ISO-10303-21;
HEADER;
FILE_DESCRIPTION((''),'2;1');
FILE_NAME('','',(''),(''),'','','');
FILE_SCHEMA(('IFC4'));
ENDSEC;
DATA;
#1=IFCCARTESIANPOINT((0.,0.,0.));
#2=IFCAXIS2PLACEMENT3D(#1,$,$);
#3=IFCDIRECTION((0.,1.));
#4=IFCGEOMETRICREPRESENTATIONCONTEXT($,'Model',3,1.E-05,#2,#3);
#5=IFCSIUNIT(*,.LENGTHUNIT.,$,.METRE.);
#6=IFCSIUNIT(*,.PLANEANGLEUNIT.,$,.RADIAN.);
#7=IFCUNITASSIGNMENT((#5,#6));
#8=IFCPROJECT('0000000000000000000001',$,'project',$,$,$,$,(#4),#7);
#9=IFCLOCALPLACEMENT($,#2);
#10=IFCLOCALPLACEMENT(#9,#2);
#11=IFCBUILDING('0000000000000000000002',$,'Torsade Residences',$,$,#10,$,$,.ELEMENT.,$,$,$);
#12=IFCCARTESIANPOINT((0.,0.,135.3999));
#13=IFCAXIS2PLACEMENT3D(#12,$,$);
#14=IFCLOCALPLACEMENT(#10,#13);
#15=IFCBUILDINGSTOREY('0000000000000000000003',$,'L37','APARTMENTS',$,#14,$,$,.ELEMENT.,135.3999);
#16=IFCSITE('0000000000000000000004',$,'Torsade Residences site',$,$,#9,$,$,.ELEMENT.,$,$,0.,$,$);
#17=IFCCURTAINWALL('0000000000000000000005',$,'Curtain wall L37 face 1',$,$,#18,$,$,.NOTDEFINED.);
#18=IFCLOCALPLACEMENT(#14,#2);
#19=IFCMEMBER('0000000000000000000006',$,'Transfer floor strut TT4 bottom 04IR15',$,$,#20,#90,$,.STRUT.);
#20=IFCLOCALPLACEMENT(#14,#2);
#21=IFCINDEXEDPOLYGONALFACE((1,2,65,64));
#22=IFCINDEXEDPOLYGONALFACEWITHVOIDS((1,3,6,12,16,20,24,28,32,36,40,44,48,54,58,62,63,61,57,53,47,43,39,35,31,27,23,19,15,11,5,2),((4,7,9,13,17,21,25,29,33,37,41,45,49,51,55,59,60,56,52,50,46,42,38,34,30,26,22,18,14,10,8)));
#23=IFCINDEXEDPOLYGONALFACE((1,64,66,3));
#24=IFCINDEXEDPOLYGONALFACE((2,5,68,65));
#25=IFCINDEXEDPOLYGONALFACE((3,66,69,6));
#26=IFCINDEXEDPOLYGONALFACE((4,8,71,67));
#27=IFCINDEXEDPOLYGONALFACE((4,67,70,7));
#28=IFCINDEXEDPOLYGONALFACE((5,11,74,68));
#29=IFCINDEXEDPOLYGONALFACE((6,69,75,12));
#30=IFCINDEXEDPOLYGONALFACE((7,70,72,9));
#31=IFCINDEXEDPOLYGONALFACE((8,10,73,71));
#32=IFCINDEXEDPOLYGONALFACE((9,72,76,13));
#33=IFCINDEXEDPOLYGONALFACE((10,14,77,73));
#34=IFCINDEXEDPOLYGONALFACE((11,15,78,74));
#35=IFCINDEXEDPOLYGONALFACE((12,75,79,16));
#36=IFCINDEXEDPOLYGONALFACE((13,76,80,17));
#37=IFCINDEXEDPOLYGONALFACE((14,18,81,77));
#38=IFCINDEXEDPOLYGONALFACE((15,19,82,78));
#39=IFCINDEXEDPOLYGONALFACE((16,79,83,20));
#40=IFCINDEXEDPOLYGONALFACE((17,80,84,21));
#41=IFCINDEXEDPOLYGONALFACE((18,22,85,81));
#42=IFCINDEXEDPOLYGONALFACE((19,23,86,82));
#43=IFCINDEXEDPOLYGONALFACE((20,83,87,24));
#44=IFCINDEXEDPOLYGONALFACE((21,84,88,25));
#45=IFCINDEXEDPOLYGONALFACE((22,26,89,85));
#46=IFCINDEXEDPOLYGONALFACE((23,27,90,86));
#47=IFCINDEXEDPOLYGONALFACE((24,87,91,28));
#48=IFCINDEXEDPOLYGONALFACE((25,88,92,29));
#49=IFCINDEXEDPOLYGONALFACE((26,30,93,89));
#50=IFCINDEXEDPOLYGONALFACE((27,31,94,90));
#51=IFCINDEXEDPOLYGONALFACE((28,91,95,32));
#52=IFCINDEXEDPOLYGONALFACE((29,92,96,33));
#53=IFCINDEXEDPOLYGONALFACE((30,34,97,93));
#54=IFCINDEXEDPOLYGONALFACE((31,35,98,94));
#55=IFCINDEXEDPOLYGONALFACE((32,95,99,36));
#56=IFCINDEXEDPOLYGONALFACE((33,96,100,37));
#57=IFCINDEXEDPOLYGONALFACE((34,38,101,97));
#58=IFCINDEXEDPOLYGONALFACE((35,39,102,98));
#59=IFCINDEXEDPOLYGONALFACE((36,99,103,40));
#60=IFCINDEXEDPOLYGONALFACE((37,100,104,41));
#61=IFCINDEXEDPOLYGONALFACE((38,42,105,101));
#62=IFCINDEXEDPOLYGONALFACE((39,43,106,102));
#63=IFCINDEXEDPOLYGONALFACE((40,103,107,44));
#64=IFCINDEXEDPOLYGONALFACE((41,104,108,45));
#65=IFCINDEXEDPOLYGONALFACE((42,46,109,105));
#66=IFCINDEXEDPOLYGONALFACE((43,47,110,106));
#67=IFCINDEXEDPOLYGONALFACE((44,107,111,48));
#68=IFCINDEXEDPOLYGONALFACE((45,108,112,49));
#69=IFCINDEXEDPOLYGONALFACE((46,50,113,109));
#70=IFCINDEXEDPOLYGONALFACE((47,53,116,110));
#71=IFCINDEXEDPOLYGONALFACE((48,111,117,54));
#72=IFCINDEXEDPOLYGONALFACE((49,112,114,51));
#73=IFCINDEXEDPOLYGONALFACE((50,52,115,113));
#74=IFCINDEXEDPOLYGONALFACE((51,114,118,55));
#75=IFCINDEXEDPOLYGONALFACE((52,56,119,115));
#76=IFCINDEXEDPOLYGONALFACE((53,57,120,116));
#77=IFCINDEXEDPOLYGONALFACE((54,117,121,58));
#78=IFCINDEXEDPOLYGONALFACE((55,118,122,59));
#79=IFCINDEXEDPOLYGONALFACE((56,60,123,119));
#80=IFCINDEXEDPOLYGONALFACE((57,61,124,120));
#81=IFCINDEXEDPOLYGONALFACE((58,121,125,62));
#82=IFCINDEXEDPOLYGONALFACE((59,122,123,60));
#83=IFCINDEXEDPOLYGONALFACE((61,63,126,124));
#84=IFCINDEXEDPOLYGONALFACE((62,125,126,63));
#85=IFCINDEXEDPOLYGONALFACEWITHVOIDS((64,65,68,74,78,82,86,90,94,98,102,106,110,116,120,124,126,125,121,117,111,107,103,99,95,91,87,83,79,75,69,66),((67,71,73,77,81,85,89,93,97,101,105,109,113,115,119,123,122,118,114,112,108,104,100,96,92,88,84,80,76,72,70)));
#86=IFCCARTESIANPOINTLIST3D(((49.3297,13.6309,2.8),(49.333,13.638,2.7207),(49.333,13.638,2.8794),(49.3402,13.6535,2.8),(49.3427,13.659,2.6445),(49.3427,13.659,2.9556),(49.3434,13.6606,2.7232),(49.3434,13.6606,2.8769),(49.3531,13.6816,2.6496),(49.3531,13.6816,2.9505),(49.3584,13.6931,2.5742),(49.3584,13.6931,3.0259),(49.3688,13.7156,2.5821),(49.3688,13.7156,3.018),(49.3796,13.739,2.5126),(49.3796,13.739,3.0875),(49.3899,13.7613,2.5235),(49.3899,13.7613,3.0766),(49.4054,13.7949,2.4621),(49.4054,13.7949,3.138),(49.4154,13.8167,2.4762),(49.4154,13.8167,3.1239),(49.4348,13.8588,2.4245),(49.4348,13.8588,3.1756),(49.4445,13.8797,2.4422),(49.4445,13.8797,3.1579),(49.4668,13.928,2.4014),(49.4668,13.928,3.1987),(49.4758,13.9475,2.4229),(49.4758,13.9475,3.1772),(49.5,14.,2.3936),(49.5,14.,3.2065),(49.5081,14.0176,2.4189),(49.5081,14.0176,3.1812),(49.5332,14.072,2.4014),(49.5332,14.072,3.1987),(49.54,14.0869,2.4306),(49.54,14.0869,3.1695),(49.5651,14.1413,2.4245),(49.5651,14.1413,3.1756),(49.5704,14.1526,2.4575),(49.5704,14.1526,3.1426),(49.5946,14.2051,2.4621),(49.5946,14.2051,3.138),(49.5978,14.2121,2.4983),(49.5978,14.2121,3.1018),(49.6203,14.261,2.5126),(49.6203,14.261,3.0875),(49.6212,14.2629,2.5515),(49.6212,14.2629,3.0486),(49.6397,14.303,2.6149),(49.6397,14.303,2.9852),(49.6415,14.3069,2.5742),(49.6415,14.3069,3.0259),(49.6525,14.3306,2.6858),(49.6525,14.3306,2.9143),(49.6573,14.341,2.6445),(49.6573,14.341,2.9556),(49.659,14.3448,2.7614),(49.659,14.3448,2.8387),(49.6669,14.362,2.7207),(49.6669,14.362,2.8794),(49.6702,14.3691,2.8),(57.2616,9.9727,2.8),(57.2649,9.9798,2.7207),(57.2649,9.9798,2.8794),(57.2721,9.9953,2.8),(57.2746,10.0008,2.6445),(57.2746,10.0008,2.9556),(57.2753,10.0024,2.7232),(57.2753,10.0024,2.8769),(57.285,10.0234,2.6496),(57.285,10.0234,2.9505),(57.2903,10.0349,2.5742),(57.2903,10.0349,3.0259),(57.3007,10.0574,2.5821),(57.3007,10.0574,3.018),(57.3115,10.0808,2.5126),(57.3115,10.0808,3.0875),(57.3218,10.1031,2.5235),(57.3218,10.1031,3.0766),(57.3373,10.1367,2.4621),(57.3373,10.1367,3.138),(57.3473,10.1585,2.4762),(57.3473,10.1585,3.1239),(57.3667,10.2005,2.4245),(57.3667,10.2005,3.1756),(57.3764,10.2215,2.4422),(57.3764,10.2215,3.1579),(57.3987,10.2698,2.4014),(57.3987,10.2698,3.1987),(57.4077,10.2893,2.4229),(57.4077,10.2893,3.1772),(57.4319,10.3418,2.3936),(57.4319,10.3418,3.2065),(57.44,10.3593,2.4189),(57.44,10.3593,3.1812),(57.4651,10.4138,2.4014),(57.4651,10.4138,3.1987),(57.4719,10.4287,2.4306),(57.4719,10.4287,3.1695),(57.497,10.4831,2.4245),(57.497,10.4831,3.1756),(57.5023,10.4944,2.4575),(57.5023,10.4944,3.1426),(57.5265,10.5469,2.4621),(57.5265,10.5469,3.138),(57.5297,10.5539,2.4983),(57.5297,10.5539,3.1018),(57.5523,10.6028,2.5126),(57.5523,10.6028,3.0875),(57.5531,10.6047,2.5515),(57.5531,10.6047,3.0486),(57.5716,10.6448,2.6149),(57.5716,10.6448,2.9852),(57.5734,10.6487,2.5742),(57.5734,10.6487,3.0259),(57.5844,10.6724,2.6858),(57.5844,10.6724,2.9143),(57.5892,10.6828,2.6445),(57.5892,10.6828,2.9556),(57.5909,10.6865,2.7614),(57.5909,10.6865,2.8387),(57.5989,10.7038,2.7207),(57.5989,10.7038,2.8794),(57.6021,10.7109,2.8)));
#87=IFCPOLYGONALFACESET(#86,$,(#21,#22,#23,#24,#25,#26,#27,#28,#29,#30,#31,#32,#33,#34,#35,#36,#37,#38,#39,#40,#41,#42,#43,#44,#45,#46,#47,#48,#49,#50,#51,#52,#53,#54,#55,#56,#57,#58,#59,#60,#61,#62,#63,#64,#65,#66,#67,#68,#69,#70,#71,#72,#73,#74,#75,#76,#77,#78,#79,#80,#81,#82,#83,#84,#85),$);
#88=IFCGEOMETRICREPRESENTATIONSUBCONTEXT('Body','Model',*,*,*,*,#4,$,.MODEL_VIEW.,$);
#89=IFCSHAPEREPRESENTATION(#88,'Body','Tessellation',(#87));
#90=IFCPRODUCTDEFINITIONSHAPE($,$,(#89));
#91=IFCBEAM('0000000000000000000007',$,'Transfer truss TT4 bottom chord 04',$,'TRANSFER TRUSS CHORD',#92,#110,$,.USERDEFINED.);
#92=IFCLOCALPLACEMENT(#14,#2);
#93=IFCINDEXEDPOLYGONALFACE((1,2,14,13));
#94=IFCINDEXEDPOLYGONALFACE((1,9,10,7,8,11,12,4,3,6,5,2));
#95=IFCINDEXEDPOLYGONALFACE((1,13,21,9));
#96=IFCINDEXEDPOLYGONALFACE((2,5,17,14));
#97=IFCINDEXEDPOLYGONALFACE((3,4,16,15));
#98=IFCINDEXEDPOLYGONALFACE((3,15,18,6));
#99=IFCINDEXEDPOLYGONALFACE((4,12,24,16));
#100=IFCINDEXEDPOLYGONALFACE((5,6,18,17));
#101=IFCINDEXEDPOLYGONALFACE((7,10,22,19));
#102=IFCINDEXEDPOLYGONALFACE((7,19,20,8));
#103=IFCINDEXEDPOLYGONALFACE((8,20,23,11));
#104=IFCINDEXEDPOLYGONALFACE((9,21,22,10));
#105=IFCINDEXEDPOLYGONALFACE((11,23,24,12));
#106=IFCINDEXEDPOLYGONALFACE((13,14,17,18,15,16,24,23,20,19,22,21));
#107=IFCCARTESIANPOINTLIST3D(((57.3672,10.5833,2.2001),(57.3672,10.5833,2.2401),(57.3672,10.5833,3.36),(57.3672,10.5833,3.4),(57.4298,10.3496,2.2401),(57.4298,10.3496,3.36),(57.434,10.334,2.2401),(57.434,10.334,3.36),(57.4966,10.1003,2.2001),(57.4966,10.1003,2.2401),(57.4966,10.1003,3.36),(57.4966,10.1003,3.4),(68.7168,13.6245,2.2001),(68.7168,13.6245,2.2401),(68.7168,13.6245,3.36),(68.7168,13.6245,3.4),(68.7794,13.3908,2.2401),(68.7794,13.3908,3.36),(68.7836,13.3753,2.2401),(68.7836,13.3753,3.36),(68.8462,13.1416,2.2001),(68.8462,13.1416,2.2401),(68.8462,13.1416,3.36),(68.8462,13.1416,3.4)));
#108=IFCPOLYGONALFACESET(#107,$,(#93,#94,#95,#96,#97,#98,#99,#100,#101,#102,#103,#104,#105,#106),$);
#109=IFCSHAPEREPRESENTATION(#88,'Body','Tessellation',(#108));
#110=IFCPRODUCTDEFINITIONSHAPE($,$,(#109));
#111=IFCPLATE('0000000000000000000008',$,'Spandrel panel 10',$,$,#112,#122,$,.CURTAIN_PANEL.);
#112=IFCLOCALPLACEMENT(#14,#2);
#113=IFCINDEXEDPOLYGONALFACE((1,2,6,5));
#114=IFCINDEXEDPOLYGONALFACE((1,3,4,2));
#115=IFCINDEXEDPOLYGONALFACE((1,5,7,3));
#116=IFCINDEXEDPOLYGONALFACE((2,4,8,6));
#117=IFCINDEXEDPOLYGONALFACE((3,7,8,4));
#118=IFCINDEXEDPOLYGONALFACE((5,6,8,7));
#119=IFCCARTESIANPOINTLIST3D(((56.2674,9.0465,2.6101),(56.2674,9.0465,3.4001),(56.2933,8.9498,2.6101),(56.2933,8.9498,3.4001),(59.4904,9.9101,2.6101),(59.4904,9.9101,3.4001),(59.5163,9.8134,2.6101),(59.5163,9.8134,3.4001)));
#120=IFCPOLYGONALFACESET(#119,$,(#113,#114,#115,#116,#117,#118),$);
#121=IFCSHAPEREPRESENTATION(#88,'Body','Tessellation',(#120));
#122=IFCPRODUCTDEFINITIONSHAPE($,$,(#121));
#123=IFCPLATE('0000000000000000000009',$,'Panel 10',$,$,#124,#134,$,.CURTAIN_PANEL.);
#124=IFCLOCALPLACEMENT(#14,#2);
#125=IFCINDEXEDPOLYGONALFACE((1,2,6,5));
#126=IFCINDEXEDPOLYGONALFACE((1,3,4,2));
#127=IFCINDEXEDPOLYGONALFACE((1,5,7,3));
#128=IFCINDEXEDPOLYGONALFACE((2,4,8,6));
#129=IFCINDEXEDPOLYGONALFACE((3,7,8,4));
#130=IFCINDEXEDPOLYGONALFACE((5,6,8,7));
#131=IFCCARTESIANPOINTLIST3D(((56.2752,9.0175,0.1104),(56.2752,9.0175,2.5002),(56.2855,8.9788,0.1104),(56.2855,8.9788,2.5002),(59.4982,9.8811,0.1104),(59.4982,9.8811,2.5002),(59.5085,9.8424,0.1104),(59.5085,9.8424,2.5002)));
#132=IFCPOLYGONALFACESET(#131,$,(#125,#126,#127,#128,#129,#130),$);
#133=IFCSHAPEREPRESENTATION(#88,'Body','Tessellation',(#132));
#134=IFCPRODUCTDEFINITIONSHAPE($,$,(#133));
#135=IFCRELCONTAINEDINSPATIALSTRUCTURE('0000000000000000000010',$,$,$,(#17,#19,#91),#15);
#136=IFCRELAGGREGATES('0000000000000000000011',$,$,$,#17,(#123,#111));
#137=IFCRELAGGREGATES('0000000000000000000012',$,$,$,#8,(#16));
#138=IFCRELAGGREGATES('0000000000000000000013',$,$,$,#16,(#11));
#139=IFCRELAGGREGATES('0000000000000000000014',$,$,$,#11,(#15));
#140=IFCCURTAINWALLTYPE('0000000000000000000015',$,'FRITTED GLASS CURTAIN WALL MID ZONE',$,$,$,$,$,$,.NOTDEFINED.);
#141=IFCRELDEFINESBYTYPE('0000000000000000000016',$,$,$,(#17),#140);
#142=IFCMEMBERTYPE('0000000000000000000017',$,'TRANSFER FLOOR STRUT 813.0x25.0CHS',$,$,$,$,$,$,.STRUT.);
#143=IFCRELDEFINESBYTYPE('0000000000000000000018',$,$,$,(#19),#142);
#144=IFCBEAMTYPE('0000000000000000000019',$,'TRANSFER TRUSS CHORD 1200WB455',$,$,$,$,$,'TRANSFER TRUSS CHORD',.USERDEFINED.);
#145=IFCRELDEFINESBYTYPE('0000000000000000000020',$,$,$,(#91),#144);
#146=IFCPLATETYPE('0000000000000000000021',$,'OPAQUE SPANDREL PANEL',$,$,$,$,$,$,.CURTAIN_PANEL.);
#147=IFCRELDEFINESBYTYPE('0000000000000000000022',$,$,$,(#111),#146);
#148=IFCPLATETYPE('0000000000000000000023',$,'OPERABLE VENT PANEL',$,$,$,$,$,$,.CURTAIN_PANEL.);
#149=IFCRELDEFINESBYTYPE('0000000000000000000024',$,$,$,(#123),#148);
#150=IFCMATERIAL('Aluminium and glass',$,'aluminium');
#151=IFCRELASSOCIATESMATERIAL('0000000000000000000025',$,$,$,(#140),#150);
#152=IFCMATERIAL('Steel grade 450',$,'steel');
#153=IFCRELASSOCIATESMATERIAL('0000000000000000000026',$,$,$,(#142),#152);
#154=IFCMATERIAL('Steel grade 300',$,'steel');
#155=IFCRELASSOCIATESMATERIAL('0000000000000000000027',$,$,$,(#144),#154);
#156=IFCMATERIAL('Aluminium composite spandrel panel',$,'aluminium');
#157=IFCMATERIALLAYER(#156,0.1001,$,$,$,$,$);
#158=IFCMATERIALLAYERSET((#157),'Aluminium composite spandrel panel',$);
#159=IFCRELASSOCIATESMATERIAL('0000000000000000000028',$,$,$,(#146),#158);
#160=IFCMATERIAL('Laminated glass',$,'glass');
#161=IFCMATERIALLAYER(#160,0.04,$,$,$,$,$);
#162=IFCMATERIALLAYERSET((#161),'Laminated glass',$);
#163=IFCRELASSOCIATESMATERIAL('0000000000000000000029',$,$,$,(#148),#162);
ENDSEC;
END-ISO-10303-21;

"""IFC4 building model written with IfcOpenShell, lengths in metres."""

from ifc_helpers import new_model, si_unit, direction, frame, origin, origin_2d, place, context, subcontext, project, spatial, rectangle, hollow_circle, i_section, extrude, material, layer, layer_set, material_profile, profile_set, type_object, element, aggregate, save


model = new_model("IFC4")

# Units and contexts
model_context = context("Model", 3, precision=1e-05, world=origin(), true_north=direction((0.0, 1.0)))
body_context = subcontext(model_context, "Body", "Model", "MODEL_VIEW")
ifc_project = project(units=[si_unit("LENGTHUNIT", "METRE"), si_unit("PLANEANGLEUNIT", "RADIAN")], contexts=[model_context])

# Site, building, storey
site_placement = place(None, origin())
site = spatial("IfcSite", under=ifc_project, at=site_placement, Name="Torsade Residences site", CompositionType="ELEMENT", RefElevation=0.0)
building_placement = place(site_placement, origin())
building = spatial("IfcBuilding", under=site, at=building_placement, Name="Torsade Residences", CompositionType="ELEMENT")
storey_placement = place(building_placement, frame((0.0, 0.0, 135.3999)))
storey = spatial("IfcBuildingStorey", under=building, at=storey_placement, Name="L37", Description="APARTMENTS", CompositionType="ELEMENT", Elevation=135.3999)

# Curtain wall
ifc_material_1 = material(Name="Aluminium and glass", Category="aluminium")
curtain_wall_type = type_object("IfcCurtainWallType", Name="FRITTED GLASS CURTAIN WALL MID ZONE", PredefinedType="NOTDEFINED", material=ifc_material_1)
curtain_wall_placement = place(storey_placement, origin())
curtain_wall = element("IfcCurtainWall", 1, at=curtain_wall_placement, inside=storey, type_object=curtain_wall_type, Name="Curtain wall L37 face 1", PredefinedType="NOTDEFINED")

# Member
ifc_material_2 = material(Name="Steel grade 450", Category="steel")
ifc_material_profile_1 = material_profile(ifc_material_2, hollow_circle(Radius=0.4065, WallThickness=0.0249, at=origin_2d()), Name="813.0x25.0CHS")
ifc_profile_set_1 = profile_set([ifc_material_profile_1], Name="Steel grade 450")
member_type_1 = type_object("IfcMemberType", Name="TRANSFER FLOOR STRUT 813.0x25.0CHS", PredefinedType="STRUT", material=ifc_profile_set_1)
member_1_placement = place(storey_placement, frame((57.4319, 10.3418, 2.8), z_axis=(-0.908076, 0.418806, 0.0), x_axis=(-0.418806, -0.908076, 0.0)))
element("IfcMember", 2, at=member_1_placement, inside=storey, type_object=member_type_1, Name="Transfer floor strut TT4 bottom 04IR15", PredefinedType="STRUT", context=body_context, shape_type="SweptSolid", body=[
    extrude(hollow_circle(Radius=0.4065, WallThickness=0.0249, at=origin_2d()), origin(), (0.0, 0.0, 1.0), 8.7349),
])

# Beam
ifc_material_3 = material(Name="Steel grade 300", Category="steel")
ifc_material_profile_2 = material_profile(ifc_material_3, i_section(OverallWidth=0.5, OverallDepth=1.2, WebThickness=0.0161, FlangeThickness=0.04, at=origin_2d()), Name="1200WB455")
ifc_profile_set_2 = profile_set([ifc_material_profile_2], Name="Steel grade 300")
beam_type_1 = type_object("IfcBeamType", Name="TRANSFER TRUSS CHORD 1200WB455", ElementType="TRANSFER TRUSS CHORD", PredefinedType="USERDEFINED", material=ifc_profile_set_2)
beam_1_placement = place(storey_placement, frame((57.4319, 10.3418, 2.8), z_axis=(0.965923, 0.25883, 0.0), x_axis=(-0.25883, 0.965923, 0.0)))
element("IfcBeam", 3, at=beam_1_placement, inside=storey, type_object=beam_type_1, Name="Transfer truss TT4 bottom chord 04", ObjectType="TRANSFER TRUSS CHORD", PredefinedType="USERDEFINED", context=body_context, shape_type="SweptSolid", body=[
    extrude(i_section(OverallWidth=0.5, OverallDepth=1.2, WebThickness=0.0161, FlangeThickness=0.04, at=origin_2d()), origin(), (0.0, 0.0, 1.0), 11.75),
])

# Plates
ifc_material_4 = material(Name="Aluminium composite spandrel panel", Category="aluminium")
ifc_layer_1 = layer(ifc_material_4, 0.1001)
ifc_layer_set_1 = layer_set([ifc_layer_1], Name="Aluminium composite spandrel panel")
plate_type_1 = type_object("IfcPlateType", Name="OPAQUE SPANDREL PANEL", PredefinedType="CURTAIN_PANEL", material=ifc_layer_set_1)
plate_1_placement = place(storey_placement, frame((57.8918, 9.4299, 2.6101), z_axis=(0.0, 0.0, 1.0), x_axis=(0.965926, 0.258819, 0.0)))
plate_1 = element("IfcPlate", 4, at=plate_1_placement, type_object=plate_type_1, Name="Spandrel panel 10", PredefinedType="CURTAIN_PANEL", context=body_context, shape_type="SweptSolid", body=[
    extrude(rectangle(XDim=3.3367, YDim=0.1001, at=origin_2d()), origin(), (0.0, 0.0, 1.0), 0.79),
])
ifc_material_5 = material(Name="Laminated glass", Category="glass")
ifc_layer_2 = layer(ifc_material_5, 0.04)
ifc_layer_set_2 = layer_set([ifc_layer_2], Name="Laminated glass")
plate_type_2 = type_object("IfcPlateType", Name="OPERABLE VENT PANEL", PredefinedType="CURTAIN_PANEL", material=ifc_layer_set_2)
plate_2_placement = place(storey_placement, frame((57.8918, 9.4299, 0.1104), z_axis=(0.0, 0.0, 1.0), x_axis=(0.965926, 0.258819, 0.0)))
plate_2 = element("IfcPlate", 5, at=plate_2_placement, type_object=plate_type_2, Name="Panel 10", PredefinedType="CURTAIN_PANEL", context=body_context, shape_type="SweptSolid", body=[
    extrude(rectangle(XDim=3.3367, YDim=0.04, at=origin_2d()), origin(), (0.0, 0.0, 1.0), 2.3899),
])
aggregate(curtain_wall, [plate_2, plate_1])

save(model, "model.ifc")
